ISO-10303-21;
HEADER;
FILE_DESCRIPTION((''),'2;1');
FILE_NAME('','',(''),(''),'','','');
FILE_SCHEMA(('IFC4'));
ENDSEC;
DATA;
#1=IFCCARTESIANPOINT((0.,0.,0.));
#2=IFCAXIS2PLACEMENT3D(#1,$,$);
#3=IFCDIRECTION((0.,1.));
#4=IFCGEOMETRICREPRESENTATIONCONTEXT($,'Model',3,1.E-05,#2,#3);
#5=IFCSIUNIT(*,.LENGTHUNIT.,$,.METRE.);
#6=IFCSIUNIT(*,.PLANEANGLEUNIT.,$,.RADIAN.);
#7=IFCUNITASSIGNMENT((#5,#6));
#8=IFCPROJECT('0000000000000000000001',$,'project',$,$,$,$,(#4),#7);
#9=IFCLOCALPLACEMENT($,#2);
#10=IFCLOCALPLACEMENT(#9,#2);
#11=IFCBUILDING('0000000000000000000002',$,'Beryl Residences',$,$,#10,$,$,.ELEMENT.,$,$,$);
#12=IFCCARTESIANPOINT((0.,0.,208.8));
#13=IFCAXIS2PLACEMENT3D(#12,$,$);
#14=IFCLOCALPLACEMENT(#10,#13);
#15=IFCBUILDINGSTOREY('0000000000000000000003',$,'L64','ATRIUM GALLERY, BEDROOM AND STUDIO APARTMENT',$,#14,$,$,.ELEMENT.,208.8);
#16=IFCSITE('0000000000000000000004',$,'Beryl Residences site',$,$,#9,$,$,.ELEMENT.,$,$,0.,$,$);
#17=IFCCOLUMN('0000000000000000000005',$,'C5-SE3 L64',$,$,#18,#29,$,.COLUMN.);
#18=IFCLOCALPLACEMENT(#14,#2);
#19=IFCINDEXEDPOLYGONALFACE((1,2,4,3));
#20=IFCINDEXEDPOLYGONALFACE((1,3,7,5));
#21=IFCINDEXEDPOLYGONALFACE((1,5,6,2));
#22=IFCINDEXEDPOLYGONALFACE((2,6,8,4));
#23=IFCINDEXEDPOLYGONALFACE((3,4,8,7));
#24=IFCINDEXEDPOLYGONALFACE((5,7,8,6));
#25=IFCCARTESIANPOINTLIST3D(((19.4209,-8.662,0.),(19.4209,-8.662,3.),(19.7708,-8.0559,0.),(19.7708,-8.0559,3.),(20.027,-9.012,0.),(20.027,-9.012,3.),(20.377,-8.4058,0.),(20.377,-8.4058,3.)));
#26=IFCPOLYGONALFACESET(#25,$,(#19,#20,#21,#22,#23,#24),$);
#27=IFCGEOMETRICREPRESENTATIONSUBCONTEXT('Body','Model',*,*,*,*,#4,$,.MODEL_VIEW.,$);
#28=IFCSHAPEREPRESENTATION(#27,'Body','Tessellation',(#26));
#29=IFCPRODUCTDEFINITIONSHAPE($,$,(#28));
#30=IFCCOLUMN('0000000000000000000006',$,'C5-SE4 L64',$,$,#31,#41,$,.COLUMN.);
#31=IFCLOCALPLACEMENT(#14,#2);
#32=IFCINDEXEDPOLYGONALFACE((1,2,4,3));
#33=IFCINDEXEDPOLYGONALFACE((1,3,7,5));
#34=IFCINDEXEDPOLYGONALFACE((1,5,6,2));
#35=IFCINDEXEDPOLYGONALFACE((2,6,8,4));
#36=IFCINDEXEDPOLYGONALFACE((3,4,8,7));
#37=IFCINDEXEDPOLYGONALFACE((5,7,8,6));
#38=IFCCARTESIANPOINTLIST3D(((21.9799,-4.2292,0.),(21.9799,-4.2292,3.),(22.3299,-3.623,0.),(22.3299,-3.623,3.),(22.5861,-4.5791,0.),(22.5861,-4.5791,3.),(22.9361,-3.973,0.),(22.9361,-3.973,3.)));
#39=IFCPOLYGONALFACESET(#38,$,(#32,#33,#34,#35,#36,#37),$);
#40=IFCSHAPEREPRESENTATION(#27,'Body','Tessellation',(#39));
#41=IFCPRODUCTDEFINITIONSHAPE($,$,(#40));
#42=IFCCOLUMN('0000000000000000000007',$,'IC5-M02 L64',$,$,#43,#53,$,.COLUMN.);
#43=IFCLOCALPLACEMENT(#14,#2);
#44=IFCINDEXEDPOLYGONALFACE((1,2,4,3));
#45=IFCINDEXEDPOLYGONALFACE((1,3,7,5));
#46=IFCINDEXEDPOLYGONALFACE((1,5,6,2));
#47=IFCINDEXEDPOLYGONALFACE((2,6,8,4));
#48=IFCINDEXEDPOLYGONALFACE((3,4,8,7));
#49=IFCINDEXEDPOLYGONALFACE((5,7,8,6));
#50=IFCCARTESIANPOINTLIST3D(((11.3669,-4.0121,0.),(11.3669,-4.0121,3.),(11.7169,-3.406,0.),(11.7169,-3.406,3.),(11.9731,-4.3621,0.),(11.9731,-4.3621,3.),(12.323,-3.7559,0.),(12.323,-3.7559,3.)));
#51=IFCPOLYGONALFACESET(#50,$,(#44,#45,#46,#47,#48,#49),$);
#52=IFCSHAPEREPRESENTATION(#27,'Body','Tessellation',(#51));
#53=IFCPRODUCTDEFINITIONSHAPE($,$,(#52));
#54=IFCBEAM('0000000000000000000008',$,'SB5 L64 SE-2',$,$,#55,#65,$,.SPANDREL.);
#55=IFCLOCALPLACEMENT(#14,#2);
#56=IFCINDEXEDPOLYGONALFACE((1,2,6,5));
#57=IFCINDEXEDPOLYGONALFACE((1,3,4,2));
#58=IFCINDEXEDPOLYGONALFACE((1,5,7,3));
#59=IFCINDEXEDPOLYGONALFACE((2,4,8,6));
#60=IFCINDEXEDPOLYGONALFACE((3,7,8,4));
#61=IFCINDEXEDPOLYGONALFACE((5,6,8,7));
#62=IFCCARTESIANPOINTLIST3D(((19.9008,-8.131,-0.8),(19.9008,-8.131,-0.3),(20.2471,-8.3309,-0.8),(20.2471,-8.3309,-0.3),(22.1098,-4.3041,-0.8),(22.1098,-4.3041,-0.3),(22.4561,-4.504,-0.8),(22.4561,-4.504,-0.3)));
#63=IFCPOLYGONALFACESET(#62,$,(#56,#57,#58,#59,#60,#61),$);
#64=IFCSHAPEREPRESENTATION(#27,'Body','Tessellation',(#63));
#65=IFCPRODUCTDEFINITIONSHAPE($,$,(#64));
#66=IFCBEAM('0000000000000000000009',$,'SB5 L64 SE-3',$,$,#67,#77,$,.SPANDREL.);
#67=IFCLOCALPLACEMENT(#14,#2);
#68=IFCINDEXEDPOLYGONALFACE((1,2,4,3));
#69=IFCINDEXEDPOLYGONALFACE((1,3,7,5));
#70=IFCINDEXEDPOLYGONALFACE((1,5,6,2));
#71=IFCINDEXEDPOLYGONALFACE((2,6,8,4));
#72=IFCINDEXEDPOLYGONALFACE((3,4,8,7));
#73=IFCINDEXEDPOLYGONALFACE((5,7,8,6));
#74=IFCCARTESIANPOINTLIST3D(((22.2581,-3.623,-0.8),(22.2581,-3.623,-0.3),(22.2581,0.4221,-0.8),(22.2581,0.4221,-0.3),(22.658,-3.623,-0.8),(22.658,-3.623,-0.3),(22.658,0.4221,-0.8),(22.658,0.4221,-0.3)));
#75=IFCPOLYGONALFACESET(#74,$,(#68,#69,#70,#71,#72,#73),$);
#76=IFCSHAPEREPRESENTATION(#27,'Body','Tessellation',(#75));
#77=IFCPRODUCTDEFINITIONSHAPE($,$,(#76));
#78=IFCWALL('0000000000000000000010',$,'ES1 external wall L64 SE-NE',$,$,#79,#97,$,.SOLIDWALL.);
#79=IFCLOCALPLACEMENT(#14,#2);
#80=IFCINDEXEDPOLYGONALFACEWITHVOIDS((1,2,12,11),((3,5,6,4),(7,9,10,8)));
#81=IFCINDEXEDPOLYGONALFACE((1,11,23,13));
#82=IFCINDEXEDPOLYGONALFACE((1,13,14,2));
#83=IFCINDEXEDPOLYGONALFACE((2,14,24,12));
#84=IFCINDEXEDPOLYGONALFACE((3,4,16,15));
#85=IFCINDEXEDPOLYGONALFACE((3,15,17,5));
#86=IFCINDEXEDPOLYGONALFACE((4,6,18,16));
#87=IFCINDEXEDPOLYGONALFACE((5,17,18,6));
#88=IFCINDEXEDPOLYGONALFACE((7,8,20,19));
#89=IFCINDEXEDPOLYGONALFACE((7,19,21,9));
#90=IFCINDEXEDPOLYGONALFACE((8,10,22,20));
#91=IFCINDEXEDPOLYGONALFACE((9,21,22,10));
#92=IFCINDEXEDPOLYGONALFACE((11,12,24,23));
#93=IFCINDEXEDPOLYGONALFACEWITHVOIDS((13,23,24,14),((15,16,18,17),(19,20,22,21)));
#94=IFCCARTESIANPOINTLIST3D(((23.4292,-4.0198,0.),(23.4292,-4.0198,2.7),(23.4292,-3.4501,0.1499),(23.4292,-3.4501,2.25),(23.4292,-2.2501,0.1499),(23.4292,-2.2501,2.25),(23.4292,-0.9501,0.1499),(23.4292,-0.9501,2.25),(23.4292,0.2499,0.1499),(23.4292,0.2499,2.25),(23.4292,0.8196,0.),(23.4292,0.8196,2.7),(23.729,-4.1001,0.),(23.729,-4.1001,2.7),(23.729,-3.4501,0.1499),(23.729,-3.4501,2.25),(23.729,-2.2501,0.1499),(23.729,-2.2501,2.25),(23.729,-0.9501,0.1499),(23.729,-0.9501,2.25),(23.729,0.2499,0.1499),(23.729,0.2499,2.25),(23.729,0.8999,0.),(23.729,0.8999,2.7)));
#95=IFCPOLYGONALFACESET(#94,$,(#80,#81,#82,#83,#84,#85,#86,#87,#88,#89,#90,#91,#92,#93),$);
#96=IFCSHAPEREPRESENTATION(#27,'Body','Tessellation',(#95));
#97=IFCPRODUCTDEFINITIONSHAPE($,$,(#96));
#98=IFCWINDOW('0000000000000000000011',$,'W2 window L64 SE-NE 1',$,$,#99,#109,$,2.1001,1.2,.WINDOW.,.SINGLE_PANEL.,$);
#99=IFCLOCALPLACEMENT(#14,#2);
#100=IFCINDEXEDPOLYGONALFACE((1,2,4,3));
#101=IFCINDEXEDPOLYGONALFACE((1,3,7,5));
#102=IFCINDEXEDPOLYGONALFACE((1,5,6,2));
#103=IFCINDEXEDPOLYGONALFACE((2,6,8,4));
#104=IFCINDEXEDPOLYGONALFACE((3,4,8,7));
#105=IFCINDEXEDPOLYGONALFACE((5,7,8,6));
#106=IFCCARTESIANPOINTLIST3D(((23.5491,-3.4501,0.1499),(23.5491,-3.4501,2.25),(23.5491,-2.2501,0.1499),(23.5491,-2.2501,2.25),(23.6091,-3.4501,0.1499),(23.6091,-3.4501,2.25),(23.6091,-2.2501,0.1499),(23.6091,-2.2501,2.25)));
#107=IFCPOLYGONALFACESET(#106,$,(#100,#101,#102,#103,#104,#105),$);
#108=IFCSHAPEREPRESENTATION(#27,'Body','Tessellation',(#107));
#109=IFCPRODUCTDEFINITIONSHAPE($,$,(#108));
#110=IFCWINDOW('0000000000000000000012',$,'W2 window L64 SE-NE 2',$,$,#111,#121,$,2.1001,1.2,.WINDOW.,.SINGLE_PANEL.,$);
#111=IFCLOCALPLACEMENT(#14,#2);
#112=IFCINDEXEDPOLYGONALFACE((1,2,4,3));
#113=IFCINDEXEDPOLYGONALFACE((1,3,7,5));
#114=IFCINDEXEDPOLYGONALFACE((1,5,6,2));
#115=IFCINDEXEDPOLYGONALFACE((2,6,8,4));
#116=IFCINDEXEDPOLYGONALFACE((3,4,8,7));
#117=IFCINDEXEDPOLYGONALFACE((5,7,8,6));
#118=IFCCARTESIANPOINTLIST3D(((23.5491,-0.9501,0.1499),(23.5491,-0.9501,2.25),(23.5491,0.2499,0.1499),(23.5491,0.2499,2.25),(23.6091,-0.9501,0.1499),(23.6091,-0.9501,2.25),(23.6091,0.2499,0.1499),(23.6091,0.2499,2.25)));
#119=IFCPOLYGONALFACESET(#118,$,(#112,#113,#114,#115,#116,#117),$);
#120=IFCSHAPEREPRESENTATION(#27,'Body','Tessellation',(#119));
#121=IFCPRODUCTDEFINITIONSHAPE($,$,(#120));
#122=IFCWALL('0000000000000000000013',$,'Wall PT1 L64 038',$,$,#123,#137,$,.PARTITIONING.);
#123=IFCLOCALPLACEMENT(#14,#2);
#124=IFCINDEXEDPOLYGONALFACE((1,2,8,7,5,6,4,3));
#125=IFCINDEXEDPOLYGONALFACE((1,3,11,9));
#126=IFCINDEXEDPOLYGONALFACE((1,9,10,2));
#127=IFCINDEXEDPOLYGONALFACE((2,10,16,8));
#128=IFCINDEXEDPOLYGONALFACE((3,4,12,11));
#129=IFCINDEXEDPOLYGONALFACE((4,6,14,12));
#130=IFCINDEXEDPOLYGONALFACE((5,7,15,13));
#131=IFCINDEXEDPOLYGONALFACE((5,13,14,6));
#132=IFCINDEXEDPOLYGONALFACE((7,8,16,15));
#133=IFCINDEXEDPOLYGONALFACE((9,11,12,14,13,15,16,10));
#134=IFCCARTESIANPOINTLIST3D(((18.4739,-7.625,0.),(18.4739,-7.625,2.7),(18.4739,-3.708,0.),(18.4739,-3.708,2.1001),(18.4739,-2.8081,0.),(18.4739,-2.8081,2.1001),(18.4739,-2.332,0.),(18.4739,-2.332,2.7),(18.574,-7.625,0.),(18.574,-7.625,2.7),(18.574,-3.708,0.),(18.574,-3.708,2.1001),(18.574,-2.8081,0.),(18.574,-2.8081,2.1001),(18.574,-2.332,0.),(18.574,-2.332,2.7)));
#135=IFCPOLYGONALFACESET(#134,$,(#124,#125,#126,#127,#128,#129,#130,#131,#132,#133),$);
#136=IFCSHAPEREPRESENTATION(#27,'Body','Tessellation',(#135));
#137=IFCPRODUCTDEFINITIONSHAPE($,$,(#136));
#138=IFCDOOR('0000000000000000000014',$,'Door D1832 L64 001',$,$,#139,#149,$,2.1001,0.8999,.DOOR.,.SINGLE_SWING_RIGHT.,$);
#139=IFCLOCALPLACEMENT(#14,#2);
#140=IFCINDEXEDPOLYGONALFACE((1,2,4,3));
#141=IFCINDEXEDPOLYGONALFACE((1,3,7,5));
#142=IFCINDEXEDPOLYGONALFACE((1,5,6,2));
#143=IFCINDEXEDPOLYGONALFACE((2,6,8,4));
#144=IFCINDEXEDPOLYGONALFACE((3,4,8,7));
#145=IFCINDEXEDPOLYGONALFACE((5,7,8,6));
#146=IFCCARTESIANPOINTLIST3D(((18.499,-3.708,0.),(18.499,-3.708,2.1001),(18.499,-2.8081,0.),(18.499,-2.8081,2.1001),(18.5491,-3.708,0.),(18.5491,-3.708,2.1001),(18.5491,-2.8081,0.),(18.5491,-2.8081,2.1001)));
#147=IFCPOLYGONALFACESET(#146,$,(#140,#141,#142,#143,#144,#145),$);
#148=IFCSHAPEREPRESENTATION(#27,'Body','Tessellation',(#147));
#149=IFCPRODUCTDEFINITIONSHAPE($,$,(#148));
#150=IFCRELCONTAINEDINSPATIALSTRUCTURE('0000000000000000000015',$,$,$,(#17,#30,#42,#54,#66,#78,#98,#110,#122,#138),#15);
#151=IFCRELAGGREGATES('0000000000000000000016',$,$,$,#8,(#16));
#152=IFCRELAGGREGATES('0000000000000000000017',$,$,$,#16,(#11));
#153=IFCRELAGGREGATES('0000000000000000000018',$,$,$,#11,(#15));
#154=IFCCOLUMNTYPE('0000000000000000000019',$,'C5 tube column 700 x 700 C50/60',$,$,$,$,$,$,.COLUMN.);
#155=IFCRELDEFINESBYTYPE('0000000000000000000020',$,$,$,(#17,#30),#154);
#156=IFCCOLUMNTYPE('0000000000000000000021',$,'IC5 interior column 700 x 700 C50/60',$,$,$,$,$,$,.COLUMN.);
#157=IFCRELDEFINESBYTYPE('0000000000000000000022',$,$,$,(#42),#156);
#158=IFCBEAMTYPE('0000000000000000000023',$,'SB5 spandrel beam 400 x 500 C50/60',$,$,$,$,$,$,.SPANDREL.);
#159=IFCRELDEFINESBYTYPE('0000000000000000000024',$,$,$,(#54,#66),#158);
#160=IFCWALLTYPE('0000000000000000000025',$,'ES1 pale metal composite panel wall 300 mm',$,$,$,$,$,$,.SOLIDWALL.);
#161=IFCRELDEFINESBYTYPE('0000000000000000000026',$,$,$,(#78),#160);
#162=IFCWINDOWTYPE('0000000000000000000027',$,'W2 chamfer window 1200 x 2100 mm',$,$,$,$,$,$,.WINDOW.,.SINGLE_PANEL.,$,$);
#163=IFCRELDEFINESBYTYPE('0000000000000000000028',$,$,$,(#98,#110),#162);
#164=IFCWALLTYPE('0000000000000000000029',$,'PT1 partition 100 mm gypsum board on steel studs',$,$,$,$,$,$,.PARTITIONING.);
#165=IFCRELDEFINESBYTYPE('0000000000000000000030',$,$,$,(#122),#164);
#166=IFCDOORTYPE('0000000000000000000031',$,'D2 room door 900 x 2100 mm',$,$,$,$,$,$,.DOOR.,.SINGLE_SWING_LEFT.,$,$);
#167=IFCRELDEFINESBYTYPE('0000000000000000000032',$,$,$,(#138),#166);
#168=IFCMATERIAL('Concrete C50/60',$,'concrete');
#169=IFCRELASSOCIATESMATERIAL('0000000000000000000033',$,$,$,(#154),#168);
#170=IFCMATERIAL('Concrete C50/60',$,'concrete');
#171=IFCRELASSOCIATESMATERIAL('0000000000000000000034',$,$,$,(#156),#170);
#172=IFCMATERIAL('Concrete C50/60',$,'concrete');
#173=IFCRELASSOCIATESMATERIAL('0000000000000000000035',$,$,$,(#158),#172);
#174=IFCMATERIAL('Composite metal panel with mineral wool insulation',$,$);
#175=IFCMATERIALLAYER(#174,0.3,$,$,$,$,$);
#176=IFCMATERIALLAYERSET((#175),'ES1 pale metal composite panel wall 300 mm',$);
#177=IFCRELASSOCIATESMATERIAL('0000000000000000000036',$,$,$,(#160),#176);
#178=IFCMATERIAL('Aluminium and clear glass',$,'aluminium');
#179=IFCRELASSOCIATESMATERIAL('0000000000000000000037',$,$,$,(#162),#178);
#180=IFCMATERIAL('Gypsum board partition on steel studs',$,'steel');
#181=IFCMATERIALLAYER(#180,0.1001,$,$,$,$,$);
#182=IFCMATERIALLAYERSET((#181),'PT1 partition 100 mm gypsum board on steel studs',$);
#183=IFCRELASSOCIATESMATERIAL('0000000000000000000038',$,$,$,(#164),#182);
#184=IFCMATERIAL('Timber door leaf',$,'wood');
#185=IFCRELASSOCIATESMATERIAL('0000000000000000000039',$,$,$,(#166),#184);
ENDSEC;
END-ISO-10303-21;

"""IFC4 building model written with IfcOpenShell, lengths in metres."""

from ifc_helpers import new_model, si_unit, direction, frame, frame_2d, origin, origin_2d, place, context, subcontext, project, spatial, polyline, rectangle, outline, extrude, material, layer, layer_set, material_profile, profile_set, type_object, element, fill, save


model = new_model("IFC4")

# Units and contexts
model_context = context("Model", 3, precision=1e-05, world=origin(), true_north=direction((0.0, 1.0)))
body_context = subcontext(model_context, "Body", "Model", "MODEL_VIEW")
ifc_project = project(units=[si_unit("LENGTHUNIT", "METRE"), si_unit("PLANEANGLEUNIT", "RADIAN")], contexts=[model_context])

# Site, building, storey
site_placement = place(None, origin())
site = spatial("IfcSite", under=ifc_project, at=site_placement, Name="Beryl Residences site", CompositionType="ELEMENT", RefElevation=0.0)
building_placement = place(site_placement, origin())
building = spatial("IfcBuilding", under=site, at=building_placement, Name="Beryl Residences", CompositionType="ELEMENT")
storey_placement = place(building_placement, frame((0.0, 0.0, 208.8)))
storey = spatial("IfcBuildingStorey", under=building, at=storey_placement, Name="L64", Description="ATRIUM GALLERY, BEDROOM AND STUDIO APARTMENT", CompositionType="ELEMENT", Elevation=208.8)

# Columns
ifc_material_1 = material(Name="Concrete C50/60", Category="concrete")
ifc_material_profile_1 = material_profile(ifc_material_1, rectangle(XDim=0.7, YDim=0.7, at=origin_2d()))
ifc_profile_set_1 = profile_set([ifc_material_profile_1], Name="Concrete C50/60")
column_type_1 = type_object("IfcColumnType", Name="C5 tube column 700 x 700 C50/60", PredefinedType="COLUMN", material=ifc_profile_set_1)
for number, where, z_axis, x_axis, name in (
    (1, (19.8989, -8.5339, 0.0), (0.0, 0.0, 1.0), (0.499985, 0.866034, 0.0), "C5-SE3 L64"),
    (2, (22.458, -4.1011, 0.0), (0.0, 0.0, 1.0), (0.499985, 0.866034, 0.0), "C5-SE4 L64"),
):
    element("IfcColumn", number, at=place(storey_placement, frame(where, z_axis=z_axis, x_axis=x_axis)), inside=storey, type_object=column_type_1, Name=name, PredefinedType="COLUMN", context=body_context, shape_type="SweptSolid", body=[
        extrude(rectangle(XDim=0.7, YDim=0.7, at=origin_2d()), origin(), (0.0, 0.0, 1.0), 3.0),
    ])
ifc_material_2 = material(Name="Concrete C50/60", Category="concrete")
ifc_material_profile_2 = material_profile(ifc_material_2, rectangle(XDim=0.7, YDim=0.7, at=origin_2d()))
ifc_profile_set_2 = profile_set([ifc_material_profile_2], Name="Concrete C50/60")
column_type_2 = type_object("IfcColumnType", Name="IC5 interior column 700 x 700 C50/60", PredefinedType="COLUMN", material=ifc_profile_set_2)
column_placement = place(storey_placement, frame((11.845, -3.884, 0.0), z_axis=(0.0, 0.0, 1.0), x_axis=(0.499985, 0.866034, 0.0)))
element("IfcColumn", 3, at=column_placement, inside=storey, type_object=column_type_2, Name="IC5-M02 L64", PredefinedType="COLUMN", context=body_context, shape_type="SweptSolid", body=[
    extrude(rectangle(XDim=0.7, YDim=0.7, at=origin_2d()), origin(), (0.0, 0.0, 1.0), 3.0),
])

# Beams
ifc_material_3 = material(Name="Concrete C50/60", Category="concrete")
ifc_material_profile_3 = material_profile(ifc_material_3, rectangle(XDim=0.3999, YDim=0.5, at=origin_2d()))
ifc_profile_set_3 = profile_set([ifc_material_profile_3], Name="Concrete C50/60")
beam_type = type_object("IfcBeamType", Name="SB5 spandrel beam 400 x 500 C50/60", PredefinedType="SPANDREL", material=ifc_profile_set_3)
beam_1_placement = place(storey_placement, frame((20.074, -8.231, -0.55), z_axis=(0.499919, 0.866072, 0.0), x_axis=(-0.866072, 0.499919, 0.0)))
element("IfcBeam", 4, at=beam_1_placement, inside=storey, type_object=beam_type, Name="SB5 L64 SE-2", PredefinedType="SPANDREL", context=body_context, shape_type="SweptSolid", body=[
    extrude(rectangle(XDim=0.3999, YDim=0.5, at=origin_2d()), origin(), (0.0, 0.0, 1.0), 4.4187),
])
beam_2_placement = place(storey_placement, frame((22.458, -3.623, -0.55), z_axis=(0.0, 1.0, 0.0), x_axis=(-1.0, 0.0, 0.0)))
element("IfcBeam", 5, at=beam_2_placement, inside=storey, type_object=beam_type, Name="SB5 L64 SE-3", PredefinedType="SPANDREL", context=body_context, shape_type="SweptSolid", body=[
    extrude(rectangle(XDim=0.3999, YDim=0.5, at=origin_2d()), origin(), (0.0, 0.0, 1.0), 4.0452),
])

# Wall, openings, windows
ifc_material_4 = material(Name="Composite metal panel with mineral wool insulation")
ifc_layer_1 = layer(ifc_material_4, 0.3)
ifc_layer_set_1 = layer_set([ifc_layer_1], Name="ES1 pale metal composite panel wall 300 mm")
wall_type_1 = type_object("IfcWallType", Name="ES1 pale metal composite panel wall 300 mm", PredefinedType="SOLIDWALL", material=ifc_layer_set_1)
wall_1_placement = place(storey_placement, frame((23.5791, -4.1001, 0.0), z_axis=(0.0, 0.0, 1.0), x_axis=(0.0, 1.0, 0.0)))
wall_1 = element("IfcWall", 6, at=wall_1_placement, inside=storey, type_object=wall_type_1, Name="ES1 external wall L64 SE-NE", PredefinedType="SOLIDWALL", context=body_context, shape_type="SweptSolid", body=[
    extrude(outline(polyline([(0.0, -0.1499), (5.0, -0.1499), (4.9197, 0.1499), (0.0803, 0.1499), (0.0, -0.1499)])), origin(), (0.0, 0.0, 1.0), 2.7),
])
opening_1_placement = place(wall_1_placement, frame((0.6499, 0.0, 0.1499)))
opening_1 = element("IfcOpeningElement", 7, at=opening_1_placement, cuts=wall_1, PredefinedType="OPENING", context=body_context, shape_type="SweptSolid", body=[
    extrude(rectangle(XDim=1.2, YDim=2.1001, at=frame_2d((0.6001, 1.05))), frame((0.0, 0.1599, 0.0), z_axis=(0.0, -1.0, 0.0), x_axis=(1.0, 0.0, 0.0)), (0.0, 0.0, 1.0), 0.3201),
])
opening_2_placement = place(wall_1_placement, frame((3.1499, 0.0, 0.1499)))
opening_2 = element("IfcOpeningElement", 8, at=opening_2_placement, cuts=wall_1, PredefinedType="OPENING", context=body_context, shape_type="SweptSolid", body=[
    extrude(rectangle(XDim=1.2, YDim=2.1001, at=frame_2d((0.6001, 1.05))), frame((0.0, 0.1599, 0.0), z_axis=(0.0, -1.0, 0.0), x_axis=(1.0, 0.0, 0.0)), (0.0, 0.0, 1.0), 0.3201),
])
ifc_material_5 = material(Name="Aluminium and clear glass", Category="aluminium")
window_type = type_object("IfcWindowType", Name="W2 chamfer window 1200 x 2100 mm", PartitioningType="SINGLE_PANEL", PredefinedType="WINDOW", material=ifc_material_5)
window_1_placement = place(opening_1_placement, origin())
window_1 = element("IfcWindow", 9, at=window_1_placement, inside=storey, type_object=window_type, Name="W2 window L64 SE-NE 1", OverallHeight=2.1001, OverallWidth=1.2, PartitioningType="SINGLE_PANEL", PredefinedType="WINDOW", context=body_context, shape_type="SweptSolid", body=[
    extrude(rectangle(XDim=1.2, YDim=2.1001, at=frame_2d((0.6001, 1.05))), frame((0.0, 0.03, 0.0), z_axis=(0.0, -1.0, 0.0), x_axis=(1.0, 0.0, 0.0)), (0.0, 0.0, 1.0), 0.0601),
])
fill(opening_1, window_1)
window_2_placement = place(opening_2_placement, origin())
window_2 = element("IfcWindow", 10, at=window_2_placement, inside=storey, type_object=window_type, Name="W2 window L64 SE-NE 2", OverallHeight=2.1001, OverallWidth=1.2, PartitioningType="SINGLE_PANEL", PredefinedType="WINDOW", context=body_context, shape_type="SweptSolid", body=[
    extrude(rectangle(XDim=1.2, YDim=2.1001, at=frame_2d((0.6001, 1.05))), frame((0.0, 0.03, 0.0), z_axis=(0.0, -1.0, 0.0), x_axis=(1.0, 0.0, 0.0)), (0.0, 0.0, 1.0), 0.0601),
])
fill(opening_2, window_2)

# Wall, opening, door
ifc_material_6 = material(Name="Gypsum board partition on steel studs", Category="steel")
ifc_layer_2 = layer(ifc_material_6, 0.1001)
ifc_layer_set_2 = layer_set([ifc_layer_2], Name="PT1 partition 100 mm gypsum board on steel studs")
wall_type_2 = type_object("IfcWallType", Name="PT1 partition 100 mm gypsum board on steel studs", PredefinedType="PARTITIONING", material=ifc_layer_set_2)
wall_2_placement = place(storey_placement, frame((18.5239, -7.625, 0.0), z_axis=(0.0, 0.0, 1.0), x_axis=(0.0, 1.0, 0.0)))
wall_2 = element("IfcWall", 11, at=wall_2_placement, inside=storey, type_object=wall_type_2, Name="Wall PT1 L64 038", PredefinedType="PARTITIONING", context=body_context, shape_type="SweptSolid", body=[
    extrude(rectangle(XDim=5.293, YDim=0.1001, at=frame_2d((2.6465, 0.0))), origin(), (0.0, 0.0, 1.0), 2.7),
])
opening_3_placement = place(wall_2_placement, frame((3.917, 0.0, 0.0)))
opening_3 = element("IfcOpeningElement", 12, at=opening_3_placement, cuts=wall_2, PredefinedType="OPENING", context=body_context, shape_type="SweptSolid", body=[
    extrude(rectangle(XDim=0.8999, YDim=2.1001, at=frame_2d((0.45, 1.05))), frame((0.0, 0.0601, 0.0), z_axis=(0.0, -1.0, 0.0), x_axis=(1.0, 0.0, 0.0)), (0.0, 0.0, 1.0), 0.1201),
])
ifc_material_7 = material(Name="Timber door leaf", Category="wood")
door_type_1 = type_object("IfcDoorType", Name="D2 room door 900 x 2100 mm", OperationType="SINGLE_SWING_LEFT", PredefinedType="DOOR", material=ifc_material_7)
door_1_placement = place(opening_3_placement, origin())
door_1 = element("IfcDoor", 13, at=door_1_placement, inside=storey, type_object=door_type_1, Name="Door D1832 L64 001", OperationType="SINGLE_SWING_RIGHT", OverallHeight=2.1001, OverallWidth=0.8999, PredefinedType="DOOR", context=body_context, shape_type="SweptSolid", body=[
    extrude(rectangle(XDim=0.8999, YDim=2.1001, at=frame_2d((0.45, 1.05))), frame((0.0, 0.0249, 0.0), z_axis=(0.0, -1.0, 0.0), x_axis=(1.0, 0.0, 0.0)), (0.0, 0.0, 1.0), 0.05),
])
fill(opening_3, door_1)

save(model, "model.ifc")
